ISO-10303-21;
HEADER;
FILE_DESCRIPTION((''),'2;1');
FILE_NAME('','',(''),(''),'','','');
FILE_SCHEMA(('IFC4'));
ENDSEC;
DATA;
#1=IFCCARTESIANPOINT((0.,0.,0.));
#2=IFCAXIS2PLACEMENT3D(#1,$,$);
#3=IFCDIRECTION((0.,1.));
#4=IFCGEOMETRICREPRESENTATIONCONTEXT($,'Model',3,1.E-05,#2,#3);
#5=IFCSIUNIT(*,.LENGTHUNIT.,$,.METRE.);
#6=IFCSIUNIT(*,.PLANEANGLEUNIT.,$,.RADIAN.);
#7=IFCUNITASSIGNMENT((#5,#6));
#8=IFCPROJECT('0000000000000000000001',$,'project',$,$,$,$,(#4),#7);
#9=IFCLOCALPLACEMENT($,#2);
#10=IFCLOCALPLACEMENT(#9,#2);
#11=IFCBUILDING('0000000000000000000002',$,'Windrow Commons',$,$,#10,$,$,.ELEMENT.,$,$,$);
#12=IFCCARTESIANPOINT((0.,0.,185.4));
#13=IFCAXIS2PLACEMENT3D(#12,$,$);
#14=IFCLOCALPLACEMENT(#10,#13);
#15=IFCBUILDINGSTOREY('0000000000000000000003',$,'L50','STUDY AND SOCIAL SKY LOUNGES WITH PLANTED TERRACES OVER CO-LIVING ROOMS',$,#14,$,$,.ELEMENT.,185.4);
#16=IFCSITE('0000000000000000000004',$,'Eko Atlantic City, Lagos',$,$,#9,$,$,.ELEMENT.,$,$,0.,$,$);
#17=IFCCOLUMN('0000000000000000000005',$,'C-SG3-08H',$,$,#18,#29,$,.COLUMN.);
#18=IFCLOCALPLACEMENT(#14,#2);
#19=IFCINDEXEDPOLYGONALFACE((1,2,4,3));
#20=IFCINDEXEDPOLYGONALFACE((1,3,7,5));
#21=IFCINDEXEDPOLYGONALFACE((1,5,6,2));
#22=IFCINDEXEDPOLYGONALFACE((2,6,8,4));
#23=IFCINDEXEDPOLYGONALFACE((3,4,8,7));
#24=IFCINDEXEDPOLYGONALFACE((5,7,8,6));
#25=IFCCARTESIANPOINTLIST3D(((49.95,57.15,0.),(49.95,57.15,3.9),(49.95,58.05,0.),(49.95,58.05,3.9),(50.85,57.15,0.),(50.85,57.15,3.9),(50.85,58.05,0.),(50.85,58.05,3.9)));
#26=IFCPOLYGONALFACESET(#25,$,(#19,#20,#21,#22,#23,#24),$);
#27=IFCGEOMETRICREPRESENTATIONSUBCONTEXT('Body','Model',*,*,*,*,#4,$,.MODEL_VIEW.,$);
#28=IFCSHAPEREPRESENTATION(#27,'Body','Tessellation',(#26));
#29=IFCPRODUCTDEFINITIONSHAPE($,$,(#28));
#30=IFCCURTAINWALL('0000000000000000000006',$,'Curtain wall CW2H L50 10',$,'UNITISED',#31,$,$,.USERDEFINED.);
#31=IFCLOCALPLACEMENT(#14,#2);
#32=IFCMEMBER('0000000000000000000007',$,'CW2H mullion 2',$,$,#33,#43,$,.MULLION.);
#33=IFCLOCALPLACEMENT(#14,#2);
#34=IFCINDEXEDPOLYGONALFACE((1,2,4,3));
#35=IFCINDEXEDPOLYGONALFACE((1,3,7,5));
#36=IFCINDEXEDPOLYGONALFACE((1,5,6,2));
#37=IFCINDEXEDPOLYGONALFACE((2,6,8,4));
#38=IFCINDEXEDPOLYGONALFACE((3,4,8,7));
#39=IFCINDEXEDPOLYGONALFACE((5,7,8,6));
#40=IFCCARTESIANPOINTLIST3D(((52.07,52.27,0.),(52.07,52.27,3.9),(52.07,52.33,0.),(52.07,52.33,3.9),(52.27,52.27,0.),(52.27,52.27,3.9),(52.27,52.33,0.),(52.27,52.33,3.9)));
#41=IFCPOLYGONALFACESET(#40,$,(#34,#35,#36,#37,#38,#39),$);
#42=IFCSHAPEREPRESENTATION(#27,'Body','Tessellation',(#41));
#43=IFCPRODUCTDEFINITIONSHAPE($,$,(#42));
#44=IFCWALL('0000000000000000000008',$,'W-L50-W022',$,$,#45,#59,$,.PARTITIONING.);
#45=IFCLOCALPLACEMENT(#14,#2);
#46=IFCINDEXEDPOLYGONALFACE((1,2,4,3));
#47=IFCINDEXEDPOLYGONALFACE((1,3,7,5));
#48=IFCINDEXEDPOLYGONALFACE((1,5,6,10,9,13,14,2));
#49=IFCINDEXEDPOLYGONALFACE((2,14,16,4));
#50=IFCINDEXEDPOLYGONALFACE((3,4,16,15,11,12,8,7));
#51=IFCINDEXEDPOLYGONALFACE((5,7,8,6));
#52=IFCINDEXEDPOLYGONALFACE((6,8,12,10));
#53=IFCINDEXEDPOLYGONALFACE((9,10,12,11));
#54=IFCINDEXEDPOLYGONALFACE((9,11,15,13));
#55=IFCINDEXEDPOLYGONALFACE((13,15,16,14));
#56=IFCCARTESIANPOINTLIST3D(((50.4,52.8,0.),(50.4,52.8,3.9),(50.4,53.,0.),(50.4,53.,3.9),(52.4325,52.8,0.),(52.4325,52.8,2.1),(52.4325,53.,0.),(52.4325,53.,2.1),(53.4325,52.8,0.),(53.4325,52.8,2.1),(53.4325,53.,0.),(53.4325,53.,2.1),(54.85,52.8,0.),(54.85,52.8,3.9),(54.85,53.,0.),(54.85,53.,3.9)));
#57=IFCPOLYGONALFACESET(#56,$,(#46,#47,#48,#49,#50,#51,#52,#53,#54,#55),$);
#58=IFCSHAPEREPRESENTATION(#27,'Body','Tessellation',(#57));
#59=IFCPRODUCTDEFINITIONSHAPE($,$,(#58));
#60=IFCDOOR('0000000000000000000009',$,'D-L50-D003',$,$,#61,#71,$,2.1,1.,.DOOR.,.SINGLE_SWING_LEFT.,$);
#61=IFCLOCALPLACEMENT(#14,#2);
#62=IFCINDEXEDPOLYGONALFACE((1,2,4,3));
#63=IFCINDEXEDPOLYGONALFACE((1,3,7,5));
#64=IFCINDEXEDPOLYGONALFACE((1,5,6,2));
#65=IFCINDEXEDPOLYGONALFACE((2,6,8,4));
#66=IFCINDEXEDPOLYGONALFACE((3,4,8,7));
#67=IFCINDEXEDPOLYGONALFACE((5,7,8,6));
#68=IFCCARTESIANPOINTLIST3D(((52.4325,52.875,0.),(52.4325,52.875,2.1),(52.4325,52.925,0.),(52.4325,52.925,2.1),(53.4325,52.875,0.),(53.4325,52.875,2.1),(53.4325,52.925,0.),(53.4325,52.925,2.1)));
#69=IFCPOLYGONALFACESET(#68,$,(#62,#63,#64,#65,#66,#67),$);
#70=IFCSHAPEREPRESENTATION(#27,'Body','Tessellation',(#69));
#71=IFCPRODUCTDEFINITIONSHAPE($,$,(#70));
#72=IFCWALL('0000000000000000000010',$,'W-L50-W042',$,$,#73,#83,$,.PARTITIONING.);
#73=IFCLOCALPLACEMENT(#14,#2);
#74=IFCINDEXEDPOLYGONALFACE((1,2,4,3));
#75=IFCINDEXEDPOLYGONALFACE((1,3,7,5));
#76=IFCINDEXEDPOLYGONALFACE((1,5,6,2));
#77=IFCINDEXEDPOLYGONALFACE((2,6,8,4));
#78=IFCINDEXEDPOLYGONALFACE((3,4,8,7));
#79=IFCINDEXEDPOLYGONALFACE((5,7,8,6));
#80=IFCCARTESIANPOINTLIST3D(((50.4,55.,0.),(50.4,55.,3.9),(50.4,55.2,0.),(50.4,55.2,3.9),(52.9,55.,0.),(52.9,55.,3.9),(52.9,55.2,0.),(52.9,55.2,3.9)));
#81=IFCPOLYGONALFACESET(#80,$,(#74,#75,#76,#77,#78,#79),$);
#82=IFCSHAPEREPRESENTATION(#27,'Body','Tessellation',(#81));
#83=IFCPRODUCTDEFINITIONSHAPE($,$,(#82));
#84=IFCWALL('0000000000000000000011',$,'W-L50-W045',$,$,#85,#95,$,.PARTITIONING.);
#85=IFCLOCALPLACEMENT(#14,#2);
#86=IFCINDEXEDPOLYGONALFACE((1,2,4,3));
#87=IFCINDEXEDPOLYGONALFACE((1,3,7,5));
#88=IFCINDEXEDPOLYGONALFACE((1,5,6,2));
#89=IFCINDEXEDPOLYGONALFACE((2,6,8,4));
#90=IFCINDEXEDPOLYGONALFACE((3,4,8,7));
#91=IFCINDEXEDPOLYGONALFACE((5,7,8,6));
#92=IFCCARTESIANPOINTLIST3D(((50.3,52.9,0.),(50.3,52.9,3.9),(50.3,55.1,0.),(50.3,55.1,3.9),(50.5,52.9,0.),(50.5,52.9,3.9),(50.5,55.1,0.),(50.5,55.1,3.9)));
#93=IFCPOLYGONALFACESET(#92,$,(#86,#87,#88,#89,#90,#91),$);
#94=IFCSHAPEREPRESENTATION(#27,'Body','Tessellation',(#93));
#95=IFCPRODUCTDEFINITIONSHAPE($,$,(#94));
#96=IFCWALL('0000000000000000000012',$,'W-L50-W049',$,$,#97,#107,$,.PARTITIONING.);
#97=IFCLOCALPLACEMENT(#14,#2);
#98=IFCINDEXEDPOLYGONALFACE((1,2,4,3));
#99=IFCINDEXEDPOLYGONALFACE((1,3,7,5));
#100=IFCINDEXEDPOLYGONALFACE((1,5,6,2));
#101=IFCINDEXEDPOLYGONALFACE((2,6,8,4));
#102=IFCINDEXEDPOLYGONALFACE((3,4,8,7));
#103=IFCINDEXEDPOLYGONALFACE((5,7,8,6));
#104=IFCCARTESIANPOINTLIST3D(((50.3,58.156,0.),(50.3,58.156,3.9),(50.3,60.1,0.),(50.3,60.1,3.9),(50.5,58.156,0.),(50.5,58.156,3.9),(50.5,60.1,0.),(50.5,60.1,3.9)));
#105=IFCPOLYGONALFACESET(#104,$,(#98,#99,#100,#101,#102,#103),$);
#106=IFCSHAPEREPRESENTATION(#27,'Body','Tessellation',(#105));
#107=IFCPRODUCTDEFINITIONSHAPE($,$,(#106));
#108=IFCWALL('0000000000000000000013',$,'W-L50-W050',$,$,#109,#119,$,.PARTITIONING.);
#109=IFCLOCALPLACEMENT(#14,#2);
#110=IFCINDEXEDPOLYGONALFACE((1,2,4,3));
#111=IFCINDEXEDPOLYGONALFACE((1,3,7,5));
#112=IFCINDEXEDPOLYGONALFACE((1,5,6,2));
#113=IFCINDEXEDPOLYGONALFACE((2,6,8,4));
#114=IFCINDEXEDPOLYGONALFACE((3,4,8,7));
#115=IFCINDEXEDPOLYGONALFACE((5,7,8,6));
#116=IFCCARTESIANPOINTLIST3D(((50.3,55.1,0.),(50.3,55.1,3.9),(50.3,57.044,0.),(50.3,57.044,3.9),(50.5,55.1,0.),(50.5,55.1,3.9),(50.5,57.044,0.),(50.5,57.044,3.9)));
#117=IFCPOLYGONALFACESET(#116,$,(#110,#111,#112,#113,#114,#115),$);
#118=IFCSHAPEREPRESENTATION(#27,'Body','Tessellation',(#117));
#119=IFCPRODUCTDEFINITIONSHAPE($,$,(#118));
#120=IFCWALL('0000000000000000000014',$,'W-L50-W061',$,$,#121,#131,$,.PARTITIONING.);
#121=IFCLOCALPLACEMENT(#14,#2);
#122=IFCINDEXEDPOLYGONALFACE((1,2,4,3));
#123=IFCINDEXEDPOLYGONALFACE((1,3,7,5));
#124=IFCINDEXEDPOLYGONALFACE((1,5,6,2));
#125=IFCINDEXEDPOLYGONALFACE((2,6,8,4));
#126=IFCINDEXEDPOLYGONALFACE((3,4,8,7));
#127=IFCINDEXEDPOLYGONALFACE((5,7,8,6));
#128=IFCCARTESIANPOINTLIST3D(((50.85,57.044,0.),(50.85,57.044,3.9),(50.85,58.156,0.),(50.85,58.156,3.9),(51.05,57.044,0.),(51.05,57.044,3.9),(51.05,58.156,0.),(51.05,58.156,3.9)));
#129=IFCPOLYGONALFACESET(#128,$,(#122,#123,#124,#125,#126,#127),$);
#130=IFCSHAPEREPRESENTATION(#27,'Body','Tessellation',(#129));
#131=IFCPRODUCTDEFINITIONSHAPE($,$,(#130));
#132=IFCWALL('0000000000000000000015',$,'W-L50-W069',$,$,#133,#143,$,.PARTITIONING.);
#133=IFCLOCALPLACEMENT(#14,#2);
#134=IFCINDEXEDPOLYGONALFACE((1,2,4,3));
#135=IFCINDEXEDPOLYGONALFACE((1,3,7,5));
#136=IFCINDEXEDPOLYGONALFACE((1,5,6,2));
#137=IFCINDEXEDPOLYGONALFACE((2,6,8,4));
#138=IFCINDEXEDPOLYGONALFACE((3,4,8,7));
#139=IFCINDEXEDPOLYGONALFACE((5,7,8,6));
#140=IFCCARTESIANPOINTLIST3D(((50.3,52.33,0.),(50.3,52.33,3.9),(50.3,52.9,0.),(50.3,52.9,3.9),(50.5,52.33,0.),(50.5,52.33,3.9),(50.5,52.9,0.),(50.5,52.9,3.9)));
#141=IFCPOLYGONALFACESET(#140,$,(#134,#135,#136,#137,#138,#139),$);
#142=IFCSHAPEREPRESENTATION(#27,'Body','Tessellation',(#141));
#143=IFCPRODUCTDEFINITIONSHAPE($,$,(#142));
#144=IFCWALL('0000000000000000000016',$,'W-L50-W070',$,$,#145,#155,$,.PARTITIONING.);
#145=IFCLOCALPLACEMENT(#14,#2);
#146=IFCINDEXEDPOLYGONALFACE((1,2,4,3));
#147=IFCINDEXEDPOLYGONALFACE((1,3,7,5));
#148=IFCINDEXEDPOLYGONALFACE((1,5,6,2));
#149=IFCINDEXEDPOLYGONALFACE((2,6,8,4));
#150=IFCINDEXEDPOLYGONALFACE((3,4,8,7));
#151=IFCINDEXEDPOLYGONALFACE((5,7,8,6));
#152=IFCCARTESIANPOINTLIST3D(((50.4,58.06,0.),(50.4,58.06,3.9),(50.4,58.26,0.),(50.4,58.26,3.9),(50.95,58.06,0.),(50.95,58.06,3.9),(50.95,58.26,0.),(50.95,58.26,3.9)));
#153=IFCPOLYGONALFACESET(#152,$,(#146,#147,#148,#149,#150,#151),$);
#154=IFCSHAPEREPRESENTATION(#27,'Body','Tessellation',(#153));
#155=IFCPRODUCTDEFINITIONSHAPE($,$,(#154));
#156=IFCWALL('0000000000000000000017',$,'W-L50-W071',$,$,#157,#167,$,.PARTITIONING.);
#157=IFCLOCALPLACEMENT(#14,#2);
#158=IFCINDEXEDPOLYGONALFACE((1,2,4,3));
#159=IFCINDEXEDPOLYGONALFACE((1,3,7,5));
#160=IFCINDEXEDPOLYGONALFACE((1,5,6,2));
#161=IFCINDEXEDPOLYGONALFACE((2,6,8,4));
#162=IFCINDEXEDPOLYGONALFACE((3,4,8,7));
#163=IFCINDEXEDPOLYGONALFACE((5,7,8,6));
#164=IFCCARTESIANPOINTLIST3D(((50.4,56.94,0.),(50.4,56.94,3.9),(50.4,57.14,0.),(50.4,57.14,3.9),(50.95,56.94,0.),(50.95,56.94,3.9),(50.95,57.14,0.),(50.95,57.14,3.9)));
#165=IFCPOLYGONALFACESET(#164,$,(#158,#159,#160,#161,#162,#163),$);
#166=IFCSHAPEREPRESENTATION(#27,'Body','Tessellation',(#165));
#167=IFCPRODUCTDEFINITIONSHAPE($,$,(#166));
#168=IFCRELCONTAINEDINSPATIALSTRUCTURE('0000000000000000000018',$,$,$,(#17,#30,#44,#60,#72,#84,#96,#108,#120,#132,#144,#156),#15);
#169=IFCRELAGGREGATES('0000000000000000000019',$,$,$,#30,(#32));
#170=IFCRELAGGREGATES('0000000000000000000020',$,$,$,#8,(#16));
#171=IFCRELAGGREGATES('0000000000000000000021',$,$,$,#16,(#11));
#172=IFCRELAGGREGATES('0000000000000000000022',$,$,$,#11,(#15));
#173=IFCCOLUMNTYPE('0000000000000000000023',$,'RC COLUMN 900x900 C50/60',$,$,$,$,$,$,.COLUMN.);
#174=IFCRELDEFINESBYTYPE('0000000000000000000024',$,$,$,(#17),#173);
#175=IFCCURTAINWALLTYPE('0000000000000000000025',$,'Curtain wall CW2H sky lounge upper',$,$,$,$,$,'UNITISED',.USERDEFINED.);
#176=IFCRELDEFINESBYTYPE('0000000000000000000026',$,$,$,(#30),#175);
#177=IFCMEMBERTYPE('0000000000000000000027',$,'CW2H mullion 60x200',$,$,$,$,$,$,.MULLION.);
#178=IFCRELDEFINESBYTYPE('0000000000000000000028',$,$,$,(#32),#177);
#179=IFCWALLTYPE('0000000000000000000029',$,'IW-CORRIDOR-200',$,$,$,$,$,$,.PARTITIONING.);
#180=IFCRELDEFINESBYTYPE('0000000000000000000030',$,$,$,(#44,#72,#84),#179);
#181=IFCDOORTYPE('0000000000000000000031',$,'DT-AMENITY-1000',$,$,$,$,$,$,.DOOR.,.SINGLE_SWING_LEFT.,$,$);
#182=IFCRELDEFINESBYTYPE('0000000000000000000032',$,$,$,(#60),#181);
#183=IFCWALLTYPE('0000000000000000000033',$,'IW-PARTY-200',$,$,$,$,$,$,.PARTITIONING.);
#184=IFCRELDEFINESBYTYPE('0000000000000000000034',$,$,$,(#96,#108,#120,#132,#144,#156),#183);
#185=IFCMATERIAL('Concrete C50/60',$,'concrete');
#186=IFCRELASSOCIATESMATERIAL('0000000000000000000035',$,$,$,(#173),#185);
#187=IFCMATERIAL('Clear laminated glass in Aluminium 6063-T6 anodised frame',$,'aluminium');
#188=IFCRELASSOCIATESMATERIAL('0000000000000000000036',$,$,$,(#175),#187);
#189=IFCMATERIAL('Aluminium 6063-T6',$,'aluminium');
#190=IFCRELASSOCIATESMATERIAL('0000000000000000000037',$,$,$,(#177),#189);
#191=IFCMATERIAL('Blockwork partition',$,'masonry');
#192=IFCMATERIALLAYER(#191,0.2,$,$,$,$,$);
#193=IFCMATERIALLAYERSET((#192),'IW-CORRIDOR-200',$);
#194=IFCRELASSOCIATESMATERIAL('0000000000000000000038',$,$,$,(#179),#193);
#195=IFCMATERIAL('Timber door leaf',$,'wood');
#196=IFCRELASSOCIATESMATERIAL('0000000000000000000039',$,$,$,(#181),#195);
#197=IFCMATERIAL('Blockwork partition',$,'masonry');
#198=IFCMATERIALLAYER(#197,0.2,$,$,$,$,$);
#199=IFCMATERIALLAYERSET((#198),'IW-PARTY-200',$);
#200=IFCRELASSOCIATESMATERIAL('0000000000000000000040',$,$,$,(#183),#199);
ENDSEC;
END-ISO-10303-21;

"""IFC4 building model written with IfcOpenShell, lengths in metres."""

from ifc_helpers import new_model, si_unit, direction, frame, frame_2d, origin, origin_2d, place, context, subcontext, project, spatial, rectangle, extrude, material, layer, layer_set, material_profile, profile_set, type_object, element, fill, aggregate, save


model = new_model("IFC4")

# Units and contexts
model_context = context("Model", 3, precision=1e-05, world=origin(), true_north=direction((0.0, 1.0)))
body_context = subcontext(model_context, "Body", "Model", "MODEL_VIEW")
ifc_project = project(units=[si_unit("LENGTHUNIT", "METRE"), si_unit("PLANEANGLEUNIT", "RADIAN")], contexts=[model_context])

# Site, building, storey
site_placement = place(None, origin())
site = spatial("IfcSite", under=ifc_project, at=site_placement, Name="Eko Atlantic City, Lagos", CompositionType="ELEMENT", RefElevation=0.0)
building_placement = place(site_placement, origin())
building = spatial("IfcBuilding", under=site, at=building_placement, Name="Windrow Commons", CompositionType="ELEMENT")
storey_placement = place(building_placement, frame((0.0, 0.0, 185.4)))
storey = spatial("IfcBuildingStorey", under=building, at=storey_placement, Name="L50", Description="STUDY AND SOCIAL SKY LOUNGES WITH PLANTED TERRACES OVER CO-LIVING ROOMS", CompositionType="ELEMENT", Elevation=185.4)

# Column
ifc_material_1 = material(Name="Concrete C50/60", Category="concrete")
ifc_material_profile_1 = material_profile(ifc_material_1, rectangle(XDim=0.9, YDim=0.9, at=origin_2d()))
ifc_profile_set_1 = profile_set([ifc_material_profile_1], Name="Concrete C50/60")
column_type = type_object("IfcColumnType", Name="RC COLUMN 900x900 C50/60", PredefinedType="COLUMN", material=ifc_profile_set_1)
column_placement = place(storey_placement, frame((50.4, 57.6, 0.0), z_axis=(0.0, 0.0, 1.0), x_axis=(1.0, 0.0, 0.0)))
element("IfcColumn", 1, at=column_placement, inside=storey, type_object=column_type, Name="C-SG3-08H", PredefinedType="COLUMN", context=body_context, shape_type="SweptSolid", body=[
    extrude(rectangle(XDim=0.9, YDim=0.9, at=origin_2d()), origin(), (0.0, 0.0, 1.0), 3.9),
])

# Curtain wall, member
ifc_material_2 = material(Name="Clear laminated glass in Aluminium 6063-T6 anodised frame", Category="aluminium")
curtain_wall_type = type_object("IfcCurtainWallType", Name="Curtain wall CW2H sky lounge upper", ElementType="UNITISED", PredefinedType="USERDEFINED", material=ifc_material_2)
curtain_wall_placement = place(storey_placement, origin())
curtain_wall = element("IfcCurtainWall", 2, at=curtain_wall_placement, inside=storey, type_object=curtain_wall_type, Name="Curtain wall CW2H L50 10", ObjectType="UNITISED", PredefinedType="USERDEFINED")
ifc_material_3 = material(Name="Aluminium 6063-T6", Category="aluminium")
ifc_material_profile_2 = material_profile(ifc_material_3, rectangle(XDim=0.06, YDim=0.2, at=origin_2d()))
ifc_profile_set_2 = profile_set([ifc_material_profile_2], Name="Aluminium 6063-T6")
member_type = type_object("IfcMemberType", Name="CW2H mullion 60x200", PredefinedType="MULLION", material=ifc_profile_set_2)
member_placement = place(storey_placement, frame((52.17, 52.3, 0.0), z_axis=(0.0, 0.0, 1.0), x_axis=(0.0, 1.0, 0.0)))
member = element("IfcMember", 3, at=member_placement, type_object=member_type, Name="CW2H mullion 2", PredefinedType="MULLION", context=body_context, shape_type="SweptSolid", body=[
    extrude(rectangle(XDim=0.06, YDim=0.2, at=origin_2d()), origin(), (0.0, 0.0, 1.0), 3.9),
])
aggregate(curtain_wall, [member])

# Wall, opening, door
ifc_material_4 = material(Name="Blockwork partition", Category="masonry")
ifc_layer_1 = layer(ifc_material_4, 0.2)
ifc_layer_set_1 = layer_set([ifc_layer_1], Name="IW-CORRIDOR-200")
wall_type_1 = type_object("IfcWallType", Name="IW-CORRIDOR-200", PredefinedType="PARTITIONING", material=ifc_layer_set_1)
wall_1_placement = place(storey_placement, frame((50.4, 52.9, 0.0), z_axis=(0.0, 0.0, 1.0), x_axis=(1.0, 0.0, 0.0)))
wall_1 = element("IfcWall", 4, at=wall_1_placement, inside=storey, type_object=wall_type_1, Name="W-L50-W022", PredefinedType="PARTITIONING", context=body_context, shape_type="SweptSolid", body=[
    extrude(rectangle(XDim=4.45, YDim=0.2, at=frame_2d((2.225, 0.0))), origin(), (0.0, 0.0, 1.0), 3.9),
])
opening_placement = place(wall_1_placement, frame((2.0325, 0.0, 0.0)))
opening = element("IfcOpeningElement", 5, at=opening_placement, cuts=wall_1, PredefinedType="OPENING", context=body_context, shape_type="SweptSolid", body=[
    extrude(rectangle(XDim=1.0, YDim=2.1, at=frame_2d((0.5, 1.05))), frame((0.0, 0.11, 0.0), z_axis=(0.0, -1.0, 0.0), x_axis=(1.0, 0.0, 0.0)), (0.0, 0.0, 1.0), 0.22),
])
ifc_material_5 = material(Name="Timber door leaf", Category="wood")
door_type = type_object("IfcDoorType", Name="DT-AMENITY-1000", OperationType="SINGLE_SWING_LEFT", PredefinedType="DOOR", material=ifc_material_5)
door_placement = place(opening_placement, origin())
door = element("IfcDoor", 6, at=door_placement, inside=storey, type_object=door_type, Name="D-L50-D003", OperationType="SINGLE_SWING_LEFT", OverallHeight=2.1, OverallWidth=1.0, PredefinedType="DOOR", context=body_context, shape_type="SweptSolid", body=[
    extrude(rectangle(XDim=1.0, YDim=2.1, at=frame_2d((0.5, 1.05))), frame((0.0, 0.025, 0.0), z_axis=(0.0, -1.0, 0.0), x_axis=(1.0, 0.0, 0.0)), (0.0, 0.0, 1.0), 0.05),
])
fill(opening, door)

# Walls
wall_2_placement = place(storey_placement, frame((50.4, 55.1, 0.0), z_axis=(0.0, 0.0, 1.0), x_axis=(1.0, 0.0, 0.0)))
element("IfcWall", 7, at=wall_2_placement, inside=storey, type_object=wall_type_1, Name="W-L50-W042", PredefinedType="PARTITIONING", context=body_context, shape_type="SweptSolid", body=[
    extrude(rectangle(XDim=2.5, YDim=0.2, at=frame_2d((1.25, 0.0))), origin(), (0.0, 0.0, 1.0), 3.9),
])
wall_3_placement = place(storey_placement, frame((50.4, 52.9, 0.0), z_axis=(0.0, 0.0, 1.0), x_axis=(0.0, 1.0, 0.0)))
element("IfcWall", 8, at=wall_3_placement, inside=storey, type_object=wall_type_1, Name="W-L50-W045", PredefinedType="PARTITIONING", context=body_context, shape_type="SweptSolid", body=[
    extrude(rectangle(XDim=2.2, YDim=0.2, at=frame_2d((1.1, 0.0))), origin(), (0.0, 0.0, 1.0), 3.9),
])
ifc_material_6 = material(Name="Blockwork partition", Category="masonry")
ifc_layer_2 = layer(ifc_material_6, 0.2)
ifc_layer_set_2 = layer_set([ifc_layer_2], Name="IW-PARTY-200")
wall_type_2 = type_object("IfcWallType", Name="IW-PARTY-200", PredefinedType="PARTITIONING", material=ifc_layer_set_2)
for number, where, z_axis, x_axis, name in (
    (9, (50.4, 58.156, 0.0), (0.0, 0.0, 1.0), (0.0, 1.0, 0.0), "W-L50-W049"),
    (10, (50.4, 55.1, 0.0), (0.0, 0.0, 1.0), (0.0, 1.0, 0.0), "W-L50-W050"),
):
    element("IfcWall", number, at=place(storey_placement, frame(where, z_axis=z_axis, x_axis=x_axis)), inside=storey, type_object=wall_type_2, Name=name, PredefinedType="PARTITIONING", context=body_context, shape_type="SweptSolid", body=[
        extrude(rectangle(XDim=1.944, YDim=0.2, at=frame_2d((0.972, 0.0))), origin(), (0.0, 0.0, 1.0), 3.9),
    ])
wall_4_placement = place(storey_placement, frame((50.95, 57.044, 0.0), z_axis=(0.0, 0.0, 1.0), x_axis=(0.0, 1.0, 0.0)))
element("IfcWall", 11, at=wall_4_placement, inside=storey, type_object=wall_type_2, Name="W-L50-W061", PredefinedType="PARTITIONING", context=body_context, shape_type="SweptSolid", body=[
    extrude(rectangle(XDim=1.112, YDim=0.2, at=frame_2d((0.556, 0.0))), origin(), (0.0, 0.0, 1.0), 3.9),
])
wall_5_placement = place(storey_placement, frame((50.4, 52.33, 0.0), z_axis=(0.0, 0.0, 1.0), x_axis=(0.0, 1.0, 0.0)))
element("IfcWall", 12, at=wall_5_placement, inside=storey, type_object=wall_type_2, Name="W-L50-W069", PredefinedType="PARTITIONING", context=body_context, shape_type="SweptSolid", body=[
    extrude(rectangle(XDim=0.57, YDim=0.2, at=frame_2d((0.285, 0.0))), origin(), (0.0, 0.0, 1.0), 3.9),
])
for number, where, z_axis, x_axis, name in (
    (13, (50.4, 58.16, 0.0), (0.0, 0.0, 1.0), (1.0, 0.0, 0.0), "W-L50-W070"),
    (14, (50.4, 57.04, 0.0), (0.0, 0.0, 1.0), (1.0, 0.0, 0.0), "W-L50-W071"),
):
    element("IfcWall", number, at=place(storey_placement, frame(where, z_axis=z_axis, x_axis=x_axis)), inside=storey, type_object=wall_type_2, Name=name, PredefinedType="PARTITIONING", context=body_context, shape_type="SweptSolid", body=[
        extrude(rectangle(XDim=0.55, YDim=0.2, at=frame_2d((0.275, 0.0))), origin(), (0.0, 0.0, 1.0), 3.9),
    ])

save(model, "model.ifc")
